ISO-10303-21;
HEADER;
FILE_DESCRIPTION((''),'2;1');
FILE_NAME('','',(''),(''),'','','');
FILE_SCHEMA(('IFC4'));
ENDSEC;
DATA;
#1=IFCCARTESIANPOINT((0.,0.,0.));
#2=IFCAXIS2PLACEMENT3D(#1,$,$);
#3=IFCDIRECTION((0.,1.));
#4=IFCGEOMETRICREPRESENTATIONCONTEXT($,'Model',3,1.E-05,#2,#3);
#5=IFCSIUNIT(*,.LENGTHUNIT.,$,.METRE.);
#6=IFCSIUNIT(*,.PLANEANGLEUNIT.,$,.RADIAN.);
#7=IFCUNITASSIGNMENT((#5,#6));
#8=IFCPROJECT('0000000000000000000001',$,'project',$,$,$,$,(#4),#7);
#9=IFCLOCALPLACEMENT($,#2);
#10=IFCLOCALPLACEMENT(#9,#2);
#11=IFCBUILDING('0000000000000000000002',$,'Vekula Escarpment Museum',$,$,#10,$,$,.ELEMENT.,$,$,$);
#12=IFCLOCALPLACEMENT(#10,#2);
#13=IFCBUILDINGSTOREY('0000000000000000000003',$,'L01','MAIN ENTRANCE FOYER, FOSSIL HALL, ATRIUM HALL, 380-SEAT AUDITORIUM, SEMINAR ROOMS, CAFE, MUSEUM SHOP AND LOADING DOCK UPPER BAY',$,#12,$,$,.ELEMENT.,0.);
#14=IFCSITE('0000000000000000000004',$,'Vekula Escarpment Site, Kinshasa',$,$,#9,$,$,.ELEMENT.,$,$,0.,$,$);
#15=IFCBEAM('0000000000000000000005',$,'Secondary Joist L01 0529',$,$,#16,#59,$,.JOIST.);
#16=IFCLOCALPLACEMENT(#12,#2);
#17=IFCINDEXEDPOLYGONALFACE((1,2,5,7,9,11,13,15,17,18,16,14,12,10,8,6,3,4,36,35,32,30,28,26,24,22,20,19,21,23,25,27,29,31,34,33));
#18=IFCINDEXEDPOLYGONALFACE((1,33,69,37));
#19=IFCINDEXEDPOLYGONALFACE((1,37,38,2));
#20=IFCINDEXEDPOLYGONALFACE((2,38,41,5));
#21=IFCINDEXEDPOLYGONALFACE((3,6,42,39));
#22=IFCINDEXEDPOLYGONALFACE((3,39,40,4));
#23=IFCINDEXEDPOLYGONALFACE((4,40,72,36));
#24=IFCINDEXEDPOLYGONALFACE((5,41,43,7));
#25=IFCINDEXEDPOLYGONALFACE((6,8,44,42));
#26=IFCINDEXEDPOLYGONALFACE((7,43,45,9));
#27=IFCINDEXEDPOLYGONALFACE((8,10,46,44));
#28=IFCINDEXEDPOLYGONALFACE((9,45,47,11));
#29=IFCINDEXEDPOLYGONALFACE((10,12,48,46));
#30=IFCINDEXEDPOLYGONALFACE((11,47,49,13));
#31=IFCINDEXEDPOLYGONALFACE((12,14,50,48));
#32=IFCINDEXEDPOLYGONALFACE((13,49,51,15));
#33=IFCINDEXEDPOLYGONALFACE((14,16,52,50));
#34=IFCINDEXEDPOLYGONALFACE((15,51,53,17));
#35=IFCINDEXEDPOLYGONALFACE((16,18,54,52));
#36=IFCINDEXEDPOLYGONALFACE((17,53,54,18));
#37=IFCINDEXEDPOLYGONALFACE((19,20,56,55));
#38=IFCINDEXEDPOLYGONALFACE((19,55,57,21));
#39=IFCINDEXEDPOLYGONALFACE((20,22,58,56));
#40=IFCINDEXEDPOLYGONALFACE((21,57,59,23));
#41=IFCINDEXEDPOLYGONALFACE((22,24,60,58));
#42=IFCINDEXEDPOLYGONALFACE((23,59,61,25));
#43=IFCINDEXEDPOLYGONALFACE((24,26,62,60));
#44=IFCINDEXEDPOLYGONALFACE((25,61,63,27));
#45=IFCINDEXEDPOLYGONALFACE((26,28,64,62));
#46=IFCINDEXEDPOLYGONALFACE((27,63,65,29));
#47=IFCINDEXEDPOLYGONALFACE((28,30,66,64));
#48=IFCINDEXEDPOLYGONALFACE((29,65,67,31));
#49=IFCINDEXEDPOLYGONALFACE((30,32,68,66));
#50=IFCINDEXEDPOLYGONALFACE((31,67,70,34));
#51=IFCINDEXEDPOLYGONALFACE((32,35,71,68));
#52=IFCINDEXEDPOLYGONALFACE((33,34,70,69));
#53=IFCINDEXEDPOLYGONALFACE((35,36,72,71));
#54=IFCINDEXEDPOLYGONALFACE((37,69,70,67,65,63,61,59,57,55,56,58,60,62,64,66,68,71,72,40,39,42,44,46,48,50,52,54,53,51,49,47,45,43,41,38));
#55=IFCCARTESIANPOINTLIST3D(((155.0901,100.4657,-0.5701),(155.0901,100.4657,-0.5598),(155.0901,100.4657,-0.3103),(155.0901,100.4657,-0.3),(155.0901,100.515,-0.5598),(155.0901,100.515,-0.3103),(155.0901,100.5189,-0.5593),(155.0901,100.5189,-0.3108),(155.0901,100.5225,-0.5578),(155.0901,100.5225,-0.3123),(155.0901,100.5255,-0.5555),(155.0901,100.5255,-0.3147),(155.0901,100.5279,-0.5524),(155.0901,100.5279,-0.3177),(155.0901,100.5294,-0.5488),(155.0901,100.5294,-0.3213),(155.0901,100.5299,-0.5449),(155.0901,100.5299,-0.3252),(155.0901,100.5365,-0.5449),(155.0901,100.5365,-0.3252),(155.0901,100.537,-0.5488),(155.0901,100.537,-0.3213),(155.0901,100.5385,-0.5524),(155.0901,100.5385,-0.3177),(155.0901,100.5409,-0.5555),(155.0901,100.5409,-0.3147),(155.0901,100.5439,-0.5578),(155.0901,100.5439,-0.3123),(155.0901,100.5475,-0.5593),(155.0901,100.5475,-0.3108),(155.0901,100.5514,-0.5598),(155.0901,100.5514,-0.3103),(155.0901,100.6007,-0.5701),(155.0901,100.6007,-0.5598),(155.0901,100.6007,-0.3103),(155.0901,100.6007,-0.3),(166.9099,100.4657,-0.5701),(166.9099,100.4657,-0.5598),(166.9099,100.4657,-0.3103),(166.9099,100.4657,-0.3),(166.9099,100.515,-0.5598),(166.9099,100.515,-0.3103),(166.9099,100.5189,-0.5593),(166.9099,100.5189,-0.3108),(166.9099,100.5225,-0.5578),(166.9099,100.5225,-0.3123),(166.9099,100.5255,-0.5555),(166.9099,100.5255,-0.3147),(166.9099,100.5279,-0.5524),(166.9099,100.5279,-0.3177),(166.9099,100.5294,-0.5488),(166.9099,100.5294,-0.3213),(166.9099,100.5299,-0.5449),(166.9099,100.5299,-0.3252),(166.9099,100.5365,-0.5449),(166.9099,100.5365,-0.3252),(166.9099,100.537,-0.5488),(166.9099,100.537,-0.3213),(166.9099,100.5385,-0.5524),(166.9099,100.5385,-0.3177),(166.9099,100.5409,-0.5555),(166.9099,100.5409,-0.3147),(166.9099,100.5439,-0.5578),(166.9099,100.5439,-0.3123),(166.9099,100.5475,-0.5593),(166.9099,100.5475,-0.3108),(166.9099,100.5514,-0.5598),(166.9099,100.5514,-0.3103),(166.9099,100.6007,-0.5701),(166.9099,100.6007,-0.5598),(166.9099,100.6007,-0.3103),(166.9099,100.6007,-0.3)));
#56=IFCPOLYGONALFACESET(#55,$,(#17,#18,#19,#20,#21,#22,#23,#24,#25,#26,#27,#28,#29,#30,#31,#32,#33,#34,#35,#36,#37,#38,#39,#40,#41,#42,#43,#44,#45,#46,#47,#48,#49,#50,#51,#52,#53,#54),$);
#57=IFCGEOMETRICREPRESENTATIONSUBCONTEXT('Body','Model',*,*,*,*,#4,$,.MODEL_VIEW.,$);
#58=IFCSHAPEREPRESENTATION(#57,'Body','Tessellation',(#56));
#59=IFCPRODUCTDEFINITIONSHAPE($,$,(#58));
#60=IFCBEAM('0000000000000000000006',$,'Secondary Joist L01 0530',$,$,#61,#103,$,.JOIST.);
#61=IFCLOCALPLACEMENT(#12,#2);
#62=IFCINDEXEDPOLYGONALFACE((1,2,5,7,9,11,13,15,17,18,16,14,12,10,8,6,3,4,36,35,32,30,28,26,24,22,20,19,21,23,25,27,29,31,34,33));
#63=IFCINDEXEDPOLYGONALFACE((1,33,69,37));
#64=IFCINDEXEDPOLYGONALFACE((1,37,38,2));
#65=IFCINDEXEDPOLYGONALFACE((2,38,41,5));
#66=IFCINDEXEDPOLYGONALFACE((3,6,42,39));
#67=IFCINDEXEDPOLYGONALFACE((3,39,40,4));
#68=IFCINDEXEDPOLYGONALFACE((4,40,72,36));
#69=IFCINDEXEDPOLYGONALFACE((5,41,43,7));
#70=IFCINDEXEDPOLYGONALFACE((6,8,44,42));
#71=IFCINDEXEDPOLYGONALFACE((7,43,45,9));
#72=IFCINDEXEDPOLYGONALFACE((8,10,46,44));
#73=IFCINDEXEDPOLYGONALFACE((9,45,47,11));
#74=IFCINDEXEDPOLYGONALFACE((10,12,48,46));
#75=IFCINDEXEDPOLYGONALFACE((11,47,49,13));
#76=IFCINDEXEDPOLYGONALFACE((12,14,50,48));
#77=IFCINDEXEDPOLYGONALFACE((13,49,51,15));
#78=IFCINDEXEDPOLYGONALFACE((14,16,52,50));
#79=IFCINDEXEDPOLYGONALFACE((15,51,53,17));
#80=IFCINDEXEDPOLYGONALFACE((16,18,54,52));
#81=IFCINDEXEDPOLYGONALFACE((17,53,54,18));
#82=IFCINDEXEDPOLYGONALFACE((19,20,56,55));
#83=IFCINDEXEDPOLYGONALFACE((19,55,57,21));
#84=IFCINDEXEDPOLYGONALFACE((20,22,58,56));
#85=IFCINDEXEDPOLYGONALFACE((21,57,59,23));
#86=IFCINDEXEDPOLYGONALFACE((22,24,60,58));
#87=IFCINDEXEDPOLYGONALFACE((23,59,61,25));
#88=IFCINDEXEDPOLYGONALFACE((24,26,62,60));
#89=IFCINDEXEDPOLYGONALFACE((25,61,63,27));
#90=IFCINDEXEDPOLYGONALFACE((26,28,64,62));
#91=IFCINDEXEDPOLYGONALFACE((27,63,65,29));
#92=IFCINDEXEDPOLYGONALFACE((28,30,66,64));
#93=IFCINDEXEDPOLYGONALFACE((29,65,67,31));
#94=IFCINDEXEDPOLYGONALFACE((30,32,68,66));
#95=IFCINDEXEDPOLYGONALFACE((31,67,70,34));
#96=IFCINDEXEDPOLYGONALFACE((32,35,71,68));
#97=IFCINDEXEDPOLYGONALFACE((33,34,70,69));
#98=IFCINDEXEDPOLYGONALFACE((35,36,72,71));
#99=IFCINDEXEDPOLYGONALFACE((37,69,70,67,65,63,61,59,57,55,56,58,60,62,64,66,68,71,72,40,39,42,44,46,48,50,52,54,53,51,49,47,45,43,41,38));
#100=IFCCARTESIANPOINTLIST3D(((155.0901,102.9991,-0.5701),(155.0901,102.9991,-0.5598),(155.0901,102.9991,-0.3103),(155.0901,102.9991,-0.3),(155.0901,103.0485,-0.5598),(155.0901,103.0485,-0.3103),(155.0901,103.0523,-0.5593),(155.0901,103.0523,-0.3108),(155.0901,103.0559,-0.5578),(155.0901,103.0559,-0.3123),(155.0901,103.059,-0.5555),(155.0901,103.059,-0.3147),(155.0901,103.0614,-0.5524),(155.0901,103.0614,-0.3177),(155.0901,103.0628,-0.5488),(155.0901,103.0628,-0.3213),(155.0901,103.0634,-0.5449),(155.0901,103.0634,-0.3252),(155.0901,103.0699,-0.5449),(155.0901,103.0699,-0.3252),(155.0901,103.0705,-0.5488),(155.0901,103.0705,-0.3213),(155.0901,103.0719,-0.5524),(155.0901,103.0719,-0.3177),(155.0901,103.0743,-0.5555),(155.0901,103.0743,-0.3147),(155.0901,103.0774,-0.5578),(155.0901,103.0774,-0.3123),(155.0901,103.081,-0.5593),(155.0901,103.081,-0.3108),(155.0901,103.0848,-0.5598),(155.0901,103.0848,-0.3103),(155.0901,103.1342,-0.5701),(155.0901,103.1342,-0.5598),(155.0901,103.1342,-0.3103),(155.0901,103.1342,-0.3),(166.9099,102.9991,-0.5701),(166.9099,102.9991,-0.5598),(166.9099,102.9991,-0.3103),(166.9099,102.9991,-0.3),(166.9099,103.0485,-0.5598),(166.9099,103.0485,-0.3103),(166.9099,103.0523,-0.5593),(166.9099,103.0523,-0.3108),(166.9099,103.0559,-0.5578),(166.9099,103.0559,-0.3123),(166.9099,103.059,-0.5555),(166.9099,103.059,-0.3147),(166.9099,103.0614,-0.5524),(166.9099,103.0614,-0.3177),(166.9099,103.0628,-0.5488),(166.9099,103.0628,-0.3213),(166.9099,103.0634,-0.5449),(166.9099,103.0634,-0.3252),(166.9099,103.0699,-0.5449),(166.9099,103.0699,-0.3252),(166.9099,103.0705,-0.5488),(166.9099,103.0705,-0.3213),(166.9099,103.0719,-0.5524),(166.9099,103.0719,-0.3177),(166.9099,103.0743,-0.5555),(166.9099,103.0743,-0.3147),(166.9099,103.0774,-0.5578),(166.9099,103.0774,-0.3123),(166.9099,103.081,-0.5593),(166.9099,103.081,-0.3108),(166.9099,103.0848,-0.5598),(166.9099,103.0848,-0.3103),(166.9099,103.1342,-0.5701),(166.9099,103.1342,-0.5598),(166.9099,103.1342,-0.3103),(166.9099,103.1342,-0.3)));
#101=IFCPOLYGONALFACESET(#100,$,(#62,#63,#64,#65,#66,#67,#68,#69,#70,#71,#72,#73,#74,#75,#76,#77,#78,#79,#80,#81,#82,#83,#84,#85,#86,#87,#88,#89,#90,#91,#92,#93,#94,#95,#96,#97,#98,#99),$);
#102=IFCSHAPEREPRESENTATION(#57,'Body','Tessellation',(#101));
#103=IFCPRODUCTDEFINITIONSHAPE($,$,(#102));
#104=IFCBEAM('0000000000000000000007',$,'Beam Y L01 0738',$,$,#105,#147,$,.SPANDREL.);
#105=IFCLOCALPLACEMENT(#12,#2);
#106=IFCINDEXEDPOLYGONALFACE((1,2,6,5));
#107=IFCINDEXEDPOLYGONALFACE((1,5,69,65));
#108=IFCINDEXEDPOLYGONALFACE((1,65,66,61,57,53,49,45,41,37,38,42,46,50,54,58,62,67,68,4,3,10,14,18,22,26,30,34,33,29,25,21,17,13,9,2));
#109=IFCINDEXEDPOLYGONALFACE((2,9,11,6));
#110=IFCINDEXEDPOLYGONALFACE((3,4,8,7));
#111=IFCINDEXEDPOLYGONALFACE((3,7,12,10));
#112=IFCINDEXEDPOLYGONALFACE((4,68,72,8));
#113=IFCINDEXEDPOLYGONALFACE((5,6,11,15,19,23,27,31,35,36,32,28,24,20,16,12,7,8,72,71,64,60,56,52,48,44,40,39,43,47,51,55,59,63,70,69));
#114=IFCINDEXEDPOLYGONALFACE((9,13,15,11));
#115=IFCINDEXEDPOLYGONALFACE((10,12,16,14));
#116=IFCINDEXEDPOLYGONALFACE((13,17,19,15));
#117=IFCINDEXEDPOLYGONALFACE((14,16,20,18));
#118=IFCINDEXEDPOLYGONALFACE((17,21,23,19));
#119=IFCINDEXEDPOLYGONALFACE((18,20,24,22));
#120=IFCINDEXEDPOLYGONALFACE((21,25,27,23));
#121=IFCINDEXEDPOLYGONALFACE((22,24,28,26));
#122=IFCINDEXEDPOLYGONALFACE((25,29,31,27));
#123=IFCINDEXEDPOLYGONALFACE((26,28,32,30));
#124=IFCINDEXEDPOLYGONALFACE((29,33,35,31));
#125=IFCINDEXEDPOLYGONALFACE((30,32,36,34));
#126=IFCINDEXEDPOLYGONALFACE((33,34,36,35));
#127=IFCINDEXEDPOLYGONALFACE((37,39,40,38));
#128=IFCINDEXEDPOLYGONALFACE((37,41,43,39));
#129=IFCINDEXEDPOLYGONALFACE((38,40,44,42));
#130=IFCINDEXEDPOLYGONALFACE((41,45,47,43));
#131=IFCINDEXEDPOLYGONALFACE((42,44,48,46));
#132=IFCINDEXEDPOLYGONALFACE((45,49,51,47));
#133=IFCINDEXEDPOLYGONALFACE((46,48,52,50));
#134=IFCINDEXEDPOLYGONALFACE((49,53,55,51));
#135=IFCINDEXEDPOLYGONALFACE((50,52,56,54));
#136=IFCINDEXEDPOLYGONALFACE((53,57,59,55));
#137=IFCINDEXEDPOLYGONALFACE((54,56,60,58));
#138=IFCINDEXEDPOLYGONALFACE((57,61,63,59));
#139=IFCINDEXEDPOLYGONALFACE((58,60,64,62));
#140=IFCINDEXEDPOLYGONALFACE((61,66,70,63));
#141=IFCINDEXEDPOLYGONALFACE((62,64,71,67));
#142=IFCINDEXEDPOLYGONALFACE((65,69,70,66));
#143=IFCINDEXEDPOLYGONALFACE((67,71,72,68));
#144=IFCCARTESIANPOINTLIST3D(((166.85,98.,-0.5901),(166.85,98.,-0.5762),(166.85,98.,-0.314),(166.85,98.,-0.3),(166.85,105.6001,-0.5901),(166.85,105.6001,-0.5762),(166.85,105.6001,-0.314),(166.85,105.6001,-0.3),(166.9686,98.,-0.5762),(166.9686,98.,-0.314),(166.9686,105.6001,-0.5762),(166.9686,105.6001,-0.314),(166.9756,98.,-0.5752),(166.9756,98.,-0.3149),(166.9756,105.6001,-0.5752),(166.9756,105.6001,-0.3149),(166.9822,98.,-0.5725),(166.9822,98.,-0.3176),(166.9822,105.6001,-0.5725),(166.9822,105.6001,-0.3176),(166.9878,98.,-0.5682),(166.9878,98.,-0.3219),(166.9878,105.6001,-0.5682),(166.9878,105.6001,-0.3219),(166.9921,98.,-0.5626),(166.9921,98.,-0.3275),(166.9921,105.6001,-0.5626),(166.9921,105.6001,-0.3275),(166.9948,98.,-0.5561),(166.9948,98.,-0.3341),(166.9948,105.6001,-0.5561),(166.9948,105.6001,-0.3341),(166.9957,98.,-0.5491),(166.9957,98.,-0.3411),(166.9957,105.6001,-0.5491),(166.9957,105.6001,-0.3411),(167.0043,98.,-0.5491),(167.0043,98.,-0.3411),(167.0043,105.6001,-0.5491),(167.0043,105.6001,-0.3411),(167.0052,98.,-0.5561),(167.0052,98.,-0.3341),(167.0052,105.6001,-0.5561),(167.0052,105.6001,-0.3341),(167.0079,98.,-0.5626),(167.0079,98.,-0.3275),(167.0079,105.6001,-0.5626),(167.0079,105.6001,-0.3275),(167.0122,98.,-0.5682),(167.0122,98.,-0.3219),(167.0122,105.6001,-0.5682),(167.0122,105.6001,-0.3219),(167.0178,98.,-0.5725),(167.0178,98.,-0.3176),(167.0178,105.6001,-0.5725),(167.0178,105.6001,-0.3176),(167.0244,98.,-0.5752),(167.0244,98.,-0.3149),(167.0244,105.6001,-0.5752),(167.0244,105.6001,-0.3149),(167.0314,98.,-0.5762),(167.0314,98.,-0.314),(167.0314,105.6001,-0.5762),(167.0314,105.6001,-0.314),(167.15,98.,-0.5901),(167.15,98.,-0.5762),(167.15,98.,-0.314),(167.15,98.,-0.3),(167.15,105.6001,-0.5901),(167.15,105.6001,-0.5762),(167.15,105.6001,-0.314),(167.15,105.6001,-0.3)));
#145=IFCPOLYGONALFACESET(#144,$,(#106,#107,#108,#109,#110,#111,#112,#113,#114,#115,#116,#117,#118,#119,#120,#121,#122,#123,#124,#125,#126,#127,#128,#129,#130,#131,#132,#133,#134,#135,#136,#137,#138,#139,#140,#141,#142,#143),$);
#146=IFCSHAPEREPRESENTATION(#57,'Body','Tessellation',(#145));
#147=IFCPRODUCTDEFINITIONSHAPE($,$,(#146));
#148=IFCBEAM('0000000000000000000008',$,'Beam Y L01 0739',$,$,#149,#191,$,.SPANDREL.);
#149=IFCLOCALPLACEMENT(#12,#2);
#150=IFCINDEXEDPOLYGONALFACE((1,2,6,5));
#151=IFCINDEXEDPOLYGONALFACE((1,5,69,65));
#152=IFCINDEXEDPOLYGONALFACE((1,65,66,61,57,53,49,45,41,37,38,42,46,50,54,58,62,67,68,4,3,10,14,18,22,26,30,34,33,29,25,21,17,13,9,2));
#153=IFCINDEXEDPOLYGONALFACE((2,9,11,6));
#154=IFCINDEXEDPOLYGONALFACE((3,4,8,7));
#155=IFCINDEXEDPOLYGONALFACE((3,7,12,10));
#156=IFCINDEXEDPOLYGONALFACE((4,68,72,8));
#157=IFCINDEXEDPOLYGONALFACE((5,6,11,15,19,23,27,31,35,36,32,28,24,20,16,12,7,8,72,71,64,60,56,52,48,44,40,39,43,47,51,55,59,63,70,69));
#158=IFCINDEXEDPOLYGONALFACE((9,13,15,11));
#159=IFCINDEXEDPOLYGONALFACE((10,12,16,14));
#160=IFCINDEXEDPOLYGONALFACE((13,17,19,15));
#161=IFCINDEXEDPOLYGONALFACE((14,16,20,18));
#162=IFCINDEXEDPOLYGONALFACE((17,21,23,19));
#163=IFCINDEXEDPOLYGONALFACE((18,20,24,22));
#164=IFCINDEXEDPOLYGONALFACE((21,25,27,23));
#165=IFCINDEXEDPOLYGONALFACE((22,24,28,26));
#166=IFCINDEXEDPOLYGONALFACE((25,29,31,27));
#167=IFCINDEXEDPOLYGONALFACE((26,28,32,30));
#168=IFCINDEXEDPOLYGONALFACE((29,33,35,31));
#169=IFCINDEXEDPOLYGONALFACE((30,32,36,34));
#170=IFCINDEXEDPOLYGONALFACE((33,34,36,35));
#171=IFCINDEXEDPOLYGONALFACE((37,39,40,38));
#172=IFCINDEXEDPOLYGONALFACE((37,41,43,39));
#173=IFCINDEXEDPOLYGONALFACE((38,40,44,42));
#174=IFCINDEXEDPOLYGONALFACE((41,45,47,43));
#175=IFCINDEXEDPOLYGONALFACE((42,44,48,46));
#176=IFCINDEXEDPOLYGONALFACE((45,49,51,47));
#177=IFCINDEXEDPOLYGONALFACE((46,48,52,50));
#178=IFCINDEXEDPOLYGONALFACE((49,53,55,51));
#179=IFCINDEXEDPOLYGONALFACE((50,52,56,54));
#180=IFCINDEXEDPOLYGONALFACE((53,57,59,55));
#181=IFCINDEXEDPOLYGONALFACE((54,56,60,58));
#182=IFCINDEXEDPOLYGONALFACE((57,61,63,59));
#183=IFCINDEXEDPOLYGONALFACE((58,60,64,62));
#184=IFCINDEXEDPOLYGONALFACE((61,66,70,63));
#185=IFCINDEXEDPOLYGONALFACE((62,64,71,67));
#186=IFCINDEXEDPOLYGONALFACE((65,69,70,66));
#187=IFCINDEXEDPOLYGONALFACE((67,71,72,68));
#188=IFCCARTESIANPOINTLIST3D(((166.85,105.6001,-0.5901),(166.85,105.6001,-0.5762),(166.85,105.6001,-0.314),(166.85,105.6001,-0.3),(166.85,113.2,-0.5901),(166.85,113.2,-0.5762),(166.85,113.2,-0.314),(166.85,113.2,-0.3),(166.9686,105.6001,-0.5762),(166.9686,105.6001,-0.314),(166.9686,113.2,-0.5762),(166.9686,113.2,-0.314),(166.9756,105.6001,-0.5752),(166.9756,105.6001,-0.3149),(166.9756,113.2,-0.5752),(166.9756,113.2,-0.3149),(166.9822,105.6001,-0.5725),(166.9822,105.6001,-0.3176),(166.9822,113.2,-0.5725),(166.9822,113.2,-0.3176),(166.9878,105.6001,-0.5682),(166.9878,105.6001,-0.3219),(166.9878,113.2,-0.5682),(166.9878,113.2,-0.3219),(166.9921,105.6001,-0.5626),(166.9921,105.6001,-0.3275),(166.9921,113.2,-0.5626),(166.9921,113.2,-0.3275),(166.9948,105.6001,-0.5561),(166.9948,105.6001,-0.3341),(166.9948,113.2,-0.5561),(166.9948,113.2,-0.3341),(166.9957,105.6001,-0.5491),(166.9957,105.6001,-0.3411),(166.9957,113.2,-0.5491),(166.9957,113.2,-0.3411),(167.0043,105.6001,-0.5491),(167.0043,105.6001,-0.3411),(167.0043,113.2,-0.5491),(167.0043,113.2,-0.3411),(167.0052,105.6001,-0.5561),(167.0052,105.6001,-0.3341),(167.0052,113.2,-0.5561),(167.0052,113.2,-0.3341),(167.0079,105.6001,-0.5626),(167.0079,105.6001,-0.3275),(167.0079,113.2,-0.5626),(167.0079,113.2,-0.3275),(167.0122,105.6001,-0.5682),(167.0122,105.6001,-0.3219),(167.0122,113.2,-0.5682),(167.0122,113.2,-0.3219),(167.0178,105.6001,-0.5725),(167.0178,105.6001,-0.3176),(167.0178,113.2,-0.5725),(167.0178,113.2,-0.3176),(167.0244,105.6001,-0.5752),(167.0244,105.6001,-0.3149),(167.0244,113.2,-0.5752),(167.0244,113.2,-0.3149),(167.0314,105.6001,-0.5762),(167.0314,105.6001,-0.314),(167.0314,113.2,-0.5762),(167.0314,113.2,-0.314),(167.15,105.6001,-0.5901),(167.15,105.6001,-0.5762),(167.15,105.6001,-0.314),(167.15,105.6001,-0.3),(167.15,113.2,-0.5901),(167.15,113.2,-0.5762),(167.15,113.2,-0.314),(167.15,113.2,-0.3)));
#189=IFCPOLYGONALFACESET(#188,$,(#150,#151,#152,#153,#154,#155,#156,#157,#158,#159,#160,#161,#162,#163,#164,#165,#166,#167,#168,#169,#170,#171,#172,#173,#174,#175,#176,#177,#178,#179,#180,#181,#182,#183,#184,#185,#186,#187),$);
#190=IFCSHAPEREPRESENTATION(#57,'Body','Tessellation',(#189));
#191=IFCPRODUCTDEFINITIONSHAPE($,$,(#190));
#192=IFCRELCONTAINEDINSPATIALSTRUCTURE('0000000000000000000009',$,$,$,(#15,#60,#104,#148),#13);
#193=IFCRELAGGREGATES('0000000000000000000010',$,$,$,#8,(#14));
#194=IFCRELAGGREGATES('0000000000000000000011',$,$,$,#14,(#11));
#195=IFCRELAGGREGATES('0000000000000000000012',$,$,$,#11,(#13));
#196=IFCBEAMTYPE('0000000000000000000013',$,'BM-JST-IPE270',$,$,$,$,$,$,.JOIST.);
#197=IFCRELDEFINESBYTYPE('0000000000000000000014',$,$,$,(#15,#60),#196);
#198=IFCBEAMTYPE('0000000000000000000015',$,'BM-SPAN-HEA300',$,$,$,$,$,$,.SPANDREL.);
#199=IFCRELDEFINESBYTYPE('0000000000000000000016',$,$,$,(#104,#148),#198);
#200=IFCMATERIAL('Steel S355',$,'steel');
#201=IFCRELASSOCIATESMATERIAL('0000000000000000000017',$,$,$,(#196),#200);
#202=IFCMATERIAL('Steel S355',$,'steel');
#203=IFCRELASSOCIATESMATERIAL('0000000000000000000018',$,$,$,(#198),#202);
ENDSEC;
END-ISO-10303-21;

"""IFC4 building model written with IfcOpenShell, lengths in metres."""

from ifc_helpers import new_model, si_unit, direction, frame, origin, origin_2d, place, context, subcontext, project, spatial, i_section, extrude, material, material_profile, profile_set, type_object, element, save


model = new_model("IFC4")

# Units and contexts
model_context = context("Model", 3, precision=1e-05, world=origin(), true_north=direction((0.0, 1.0)))
body_context = subcontext(model_context, "Body", "Model", "MODEL_VIEW")
ifc_project = project(units=[si_unit("LENGTHUNIT", "METRE"), si_unit("PLANEANGLEUNIT", "RADIAN")], contexts=[model_context])

# Site, building, storey
site_placement = place(None, origin())
site = spatial("IfcSite", under=ifc_project, at=site_placement, Name="Vekula Escarpment Site, Kinshasa", CompositionType="ELEMENT", RefElevation=0.0)
building_placement = place(site_placement, origin())
building = spatial("IfcBuilding", under=site, at=building_placement, Name="Vekula Escarpment Museum", CompositionType="ELEMENT")
storey_placement = place(building_placement, origin())
storey = spatial("IfcBuildingStorey", under=building, at=storey_placement, Name="L01", Description="MAIN ENTRANCE FOYER, FOSSIL HALL, ATRIUM HALL, 380-SEAT AUDITORIUM, SEMINAR ROOMS, CAFE, MUSEUM SHOP AND LOADING DOCK UPPER BAY", CompositionType="ELEMENT", Elevation=0.0)

# Beams
ifc_material_1 = material(Name="Steel S355", Category="steel")
ifc_material_profile_1 = material_profile(ifc_material_1, i_section(OverallWidth=0.135, OverallDepth=0.27, WebThickness=0.0066, FlangeThickness=0.0103, FilletRadius=0.0149, at=origin_2d()), Name="IPE 270")
ifc_profile_set_1 = profile_set([ifc_material_profile_1], Name="Steel S355")
beam_type_1 = type_object("IfcBeamType", Name="BM-JST-IPE270", PredefinedType="JOIST", material=ifc_profile_set_1)
for number, where, z_axis, x_axis, name in (
    (1, (155.0901, 100.5332, -0.4351), (1.0, 0.0, 0.0), (0.0, 1.0, 0.0), "Secondary Joist L01 0529"),
    (2, (155.0901, 103.0667, -0.4351), (1.0, 0.0, 0.0), (0.0, 1.0, 0.0), "Secondary Joist L01 0530"),
):
    element("IfcBeam", number, at=place(storey_placement, frame(where, z_axis=z_axis, x_axis=x_axis)), inside=storey, type_object=beam_type_1, Name=name, PredefinedType="JOIST", context=body_context, shape_type="SweptSolid", body=[
        extrude(i_section(OverallWidth=0.135, OverallDepth=0.27, WebThickness=0.0066, FlangeThickness=0.0103, FilletRadius=0.0149, at=origin_2d()), origin(), (0.0, 0.0, 1.0), 11.8198),
    ])
ifc_material_2 = material(Name="Steel S355", Category="steel")
ifc_material_profile_2 = material_profile(ifc_material_2, i_section(OverallWidth=0.3, OverallDepth=0.29, WebThickness=0.0085, FlangeThickness=0.0139, FilletRadius=0.0271, at=origin_2d()), Name="HEA 300")
ifc_profile_set_2 = profile_set([ifc_material_profile_2], Name="Steel S355")
beam_type_2 = type_object("IfcBeamType", Name="BM-SPAN-HEA300", PredefinedType="SPANDREL", material=ifc_profile_set_2)
beam_1_placement = place(storey_placement, frame((167.0, 98.0, -0.4451), z_axis=(0.0, 1.0, 0.0), x_axis=(-1.0, 0.0, 0.0)))
element("IfcBeam", 3, at=beam_1_placement, inside=storey, type_object=beam_type_2, Name="Beam Y L01 0738", PredefinedType="SPANDREL", context=body_context, shape_type="SweptSolid", body=[
    extrude(i_section(OverallWidth=0.3, OverallDepth=0.29, WebThickness=0.0085, FlangeThickness=0.0139, FilletRadius=0.0271, at=origin_2d()), origin(), (0.0, 0.0, 1.0), 7.6001),
])
beam_2_placement = place(storey_placement, frame((167.0, 105.6001, -0.4451), z_axis=(0.0, 1.0, 0.0), x_axis=(-1.0, 0.0, 0.0)))
element("IfcBeam", 4, at=beam_2_placement, inside=storey, type_object=beam_type_2, Name="Beam Y L01 0739", PredefinedType="SPANDREL", context=body_context, shape_type="SweptSolid", body=[
    extrude(i_section(OverallWidth=0.3, OverallDepth=0.29, WebThickness=0.0085, FlangeThickness=0.0139, FilletRadius=0.0271, at=origin_2d()), origin(), (0.0, 0.0, 1.0), 7.5999),
])

save(model, "model.ifc")
